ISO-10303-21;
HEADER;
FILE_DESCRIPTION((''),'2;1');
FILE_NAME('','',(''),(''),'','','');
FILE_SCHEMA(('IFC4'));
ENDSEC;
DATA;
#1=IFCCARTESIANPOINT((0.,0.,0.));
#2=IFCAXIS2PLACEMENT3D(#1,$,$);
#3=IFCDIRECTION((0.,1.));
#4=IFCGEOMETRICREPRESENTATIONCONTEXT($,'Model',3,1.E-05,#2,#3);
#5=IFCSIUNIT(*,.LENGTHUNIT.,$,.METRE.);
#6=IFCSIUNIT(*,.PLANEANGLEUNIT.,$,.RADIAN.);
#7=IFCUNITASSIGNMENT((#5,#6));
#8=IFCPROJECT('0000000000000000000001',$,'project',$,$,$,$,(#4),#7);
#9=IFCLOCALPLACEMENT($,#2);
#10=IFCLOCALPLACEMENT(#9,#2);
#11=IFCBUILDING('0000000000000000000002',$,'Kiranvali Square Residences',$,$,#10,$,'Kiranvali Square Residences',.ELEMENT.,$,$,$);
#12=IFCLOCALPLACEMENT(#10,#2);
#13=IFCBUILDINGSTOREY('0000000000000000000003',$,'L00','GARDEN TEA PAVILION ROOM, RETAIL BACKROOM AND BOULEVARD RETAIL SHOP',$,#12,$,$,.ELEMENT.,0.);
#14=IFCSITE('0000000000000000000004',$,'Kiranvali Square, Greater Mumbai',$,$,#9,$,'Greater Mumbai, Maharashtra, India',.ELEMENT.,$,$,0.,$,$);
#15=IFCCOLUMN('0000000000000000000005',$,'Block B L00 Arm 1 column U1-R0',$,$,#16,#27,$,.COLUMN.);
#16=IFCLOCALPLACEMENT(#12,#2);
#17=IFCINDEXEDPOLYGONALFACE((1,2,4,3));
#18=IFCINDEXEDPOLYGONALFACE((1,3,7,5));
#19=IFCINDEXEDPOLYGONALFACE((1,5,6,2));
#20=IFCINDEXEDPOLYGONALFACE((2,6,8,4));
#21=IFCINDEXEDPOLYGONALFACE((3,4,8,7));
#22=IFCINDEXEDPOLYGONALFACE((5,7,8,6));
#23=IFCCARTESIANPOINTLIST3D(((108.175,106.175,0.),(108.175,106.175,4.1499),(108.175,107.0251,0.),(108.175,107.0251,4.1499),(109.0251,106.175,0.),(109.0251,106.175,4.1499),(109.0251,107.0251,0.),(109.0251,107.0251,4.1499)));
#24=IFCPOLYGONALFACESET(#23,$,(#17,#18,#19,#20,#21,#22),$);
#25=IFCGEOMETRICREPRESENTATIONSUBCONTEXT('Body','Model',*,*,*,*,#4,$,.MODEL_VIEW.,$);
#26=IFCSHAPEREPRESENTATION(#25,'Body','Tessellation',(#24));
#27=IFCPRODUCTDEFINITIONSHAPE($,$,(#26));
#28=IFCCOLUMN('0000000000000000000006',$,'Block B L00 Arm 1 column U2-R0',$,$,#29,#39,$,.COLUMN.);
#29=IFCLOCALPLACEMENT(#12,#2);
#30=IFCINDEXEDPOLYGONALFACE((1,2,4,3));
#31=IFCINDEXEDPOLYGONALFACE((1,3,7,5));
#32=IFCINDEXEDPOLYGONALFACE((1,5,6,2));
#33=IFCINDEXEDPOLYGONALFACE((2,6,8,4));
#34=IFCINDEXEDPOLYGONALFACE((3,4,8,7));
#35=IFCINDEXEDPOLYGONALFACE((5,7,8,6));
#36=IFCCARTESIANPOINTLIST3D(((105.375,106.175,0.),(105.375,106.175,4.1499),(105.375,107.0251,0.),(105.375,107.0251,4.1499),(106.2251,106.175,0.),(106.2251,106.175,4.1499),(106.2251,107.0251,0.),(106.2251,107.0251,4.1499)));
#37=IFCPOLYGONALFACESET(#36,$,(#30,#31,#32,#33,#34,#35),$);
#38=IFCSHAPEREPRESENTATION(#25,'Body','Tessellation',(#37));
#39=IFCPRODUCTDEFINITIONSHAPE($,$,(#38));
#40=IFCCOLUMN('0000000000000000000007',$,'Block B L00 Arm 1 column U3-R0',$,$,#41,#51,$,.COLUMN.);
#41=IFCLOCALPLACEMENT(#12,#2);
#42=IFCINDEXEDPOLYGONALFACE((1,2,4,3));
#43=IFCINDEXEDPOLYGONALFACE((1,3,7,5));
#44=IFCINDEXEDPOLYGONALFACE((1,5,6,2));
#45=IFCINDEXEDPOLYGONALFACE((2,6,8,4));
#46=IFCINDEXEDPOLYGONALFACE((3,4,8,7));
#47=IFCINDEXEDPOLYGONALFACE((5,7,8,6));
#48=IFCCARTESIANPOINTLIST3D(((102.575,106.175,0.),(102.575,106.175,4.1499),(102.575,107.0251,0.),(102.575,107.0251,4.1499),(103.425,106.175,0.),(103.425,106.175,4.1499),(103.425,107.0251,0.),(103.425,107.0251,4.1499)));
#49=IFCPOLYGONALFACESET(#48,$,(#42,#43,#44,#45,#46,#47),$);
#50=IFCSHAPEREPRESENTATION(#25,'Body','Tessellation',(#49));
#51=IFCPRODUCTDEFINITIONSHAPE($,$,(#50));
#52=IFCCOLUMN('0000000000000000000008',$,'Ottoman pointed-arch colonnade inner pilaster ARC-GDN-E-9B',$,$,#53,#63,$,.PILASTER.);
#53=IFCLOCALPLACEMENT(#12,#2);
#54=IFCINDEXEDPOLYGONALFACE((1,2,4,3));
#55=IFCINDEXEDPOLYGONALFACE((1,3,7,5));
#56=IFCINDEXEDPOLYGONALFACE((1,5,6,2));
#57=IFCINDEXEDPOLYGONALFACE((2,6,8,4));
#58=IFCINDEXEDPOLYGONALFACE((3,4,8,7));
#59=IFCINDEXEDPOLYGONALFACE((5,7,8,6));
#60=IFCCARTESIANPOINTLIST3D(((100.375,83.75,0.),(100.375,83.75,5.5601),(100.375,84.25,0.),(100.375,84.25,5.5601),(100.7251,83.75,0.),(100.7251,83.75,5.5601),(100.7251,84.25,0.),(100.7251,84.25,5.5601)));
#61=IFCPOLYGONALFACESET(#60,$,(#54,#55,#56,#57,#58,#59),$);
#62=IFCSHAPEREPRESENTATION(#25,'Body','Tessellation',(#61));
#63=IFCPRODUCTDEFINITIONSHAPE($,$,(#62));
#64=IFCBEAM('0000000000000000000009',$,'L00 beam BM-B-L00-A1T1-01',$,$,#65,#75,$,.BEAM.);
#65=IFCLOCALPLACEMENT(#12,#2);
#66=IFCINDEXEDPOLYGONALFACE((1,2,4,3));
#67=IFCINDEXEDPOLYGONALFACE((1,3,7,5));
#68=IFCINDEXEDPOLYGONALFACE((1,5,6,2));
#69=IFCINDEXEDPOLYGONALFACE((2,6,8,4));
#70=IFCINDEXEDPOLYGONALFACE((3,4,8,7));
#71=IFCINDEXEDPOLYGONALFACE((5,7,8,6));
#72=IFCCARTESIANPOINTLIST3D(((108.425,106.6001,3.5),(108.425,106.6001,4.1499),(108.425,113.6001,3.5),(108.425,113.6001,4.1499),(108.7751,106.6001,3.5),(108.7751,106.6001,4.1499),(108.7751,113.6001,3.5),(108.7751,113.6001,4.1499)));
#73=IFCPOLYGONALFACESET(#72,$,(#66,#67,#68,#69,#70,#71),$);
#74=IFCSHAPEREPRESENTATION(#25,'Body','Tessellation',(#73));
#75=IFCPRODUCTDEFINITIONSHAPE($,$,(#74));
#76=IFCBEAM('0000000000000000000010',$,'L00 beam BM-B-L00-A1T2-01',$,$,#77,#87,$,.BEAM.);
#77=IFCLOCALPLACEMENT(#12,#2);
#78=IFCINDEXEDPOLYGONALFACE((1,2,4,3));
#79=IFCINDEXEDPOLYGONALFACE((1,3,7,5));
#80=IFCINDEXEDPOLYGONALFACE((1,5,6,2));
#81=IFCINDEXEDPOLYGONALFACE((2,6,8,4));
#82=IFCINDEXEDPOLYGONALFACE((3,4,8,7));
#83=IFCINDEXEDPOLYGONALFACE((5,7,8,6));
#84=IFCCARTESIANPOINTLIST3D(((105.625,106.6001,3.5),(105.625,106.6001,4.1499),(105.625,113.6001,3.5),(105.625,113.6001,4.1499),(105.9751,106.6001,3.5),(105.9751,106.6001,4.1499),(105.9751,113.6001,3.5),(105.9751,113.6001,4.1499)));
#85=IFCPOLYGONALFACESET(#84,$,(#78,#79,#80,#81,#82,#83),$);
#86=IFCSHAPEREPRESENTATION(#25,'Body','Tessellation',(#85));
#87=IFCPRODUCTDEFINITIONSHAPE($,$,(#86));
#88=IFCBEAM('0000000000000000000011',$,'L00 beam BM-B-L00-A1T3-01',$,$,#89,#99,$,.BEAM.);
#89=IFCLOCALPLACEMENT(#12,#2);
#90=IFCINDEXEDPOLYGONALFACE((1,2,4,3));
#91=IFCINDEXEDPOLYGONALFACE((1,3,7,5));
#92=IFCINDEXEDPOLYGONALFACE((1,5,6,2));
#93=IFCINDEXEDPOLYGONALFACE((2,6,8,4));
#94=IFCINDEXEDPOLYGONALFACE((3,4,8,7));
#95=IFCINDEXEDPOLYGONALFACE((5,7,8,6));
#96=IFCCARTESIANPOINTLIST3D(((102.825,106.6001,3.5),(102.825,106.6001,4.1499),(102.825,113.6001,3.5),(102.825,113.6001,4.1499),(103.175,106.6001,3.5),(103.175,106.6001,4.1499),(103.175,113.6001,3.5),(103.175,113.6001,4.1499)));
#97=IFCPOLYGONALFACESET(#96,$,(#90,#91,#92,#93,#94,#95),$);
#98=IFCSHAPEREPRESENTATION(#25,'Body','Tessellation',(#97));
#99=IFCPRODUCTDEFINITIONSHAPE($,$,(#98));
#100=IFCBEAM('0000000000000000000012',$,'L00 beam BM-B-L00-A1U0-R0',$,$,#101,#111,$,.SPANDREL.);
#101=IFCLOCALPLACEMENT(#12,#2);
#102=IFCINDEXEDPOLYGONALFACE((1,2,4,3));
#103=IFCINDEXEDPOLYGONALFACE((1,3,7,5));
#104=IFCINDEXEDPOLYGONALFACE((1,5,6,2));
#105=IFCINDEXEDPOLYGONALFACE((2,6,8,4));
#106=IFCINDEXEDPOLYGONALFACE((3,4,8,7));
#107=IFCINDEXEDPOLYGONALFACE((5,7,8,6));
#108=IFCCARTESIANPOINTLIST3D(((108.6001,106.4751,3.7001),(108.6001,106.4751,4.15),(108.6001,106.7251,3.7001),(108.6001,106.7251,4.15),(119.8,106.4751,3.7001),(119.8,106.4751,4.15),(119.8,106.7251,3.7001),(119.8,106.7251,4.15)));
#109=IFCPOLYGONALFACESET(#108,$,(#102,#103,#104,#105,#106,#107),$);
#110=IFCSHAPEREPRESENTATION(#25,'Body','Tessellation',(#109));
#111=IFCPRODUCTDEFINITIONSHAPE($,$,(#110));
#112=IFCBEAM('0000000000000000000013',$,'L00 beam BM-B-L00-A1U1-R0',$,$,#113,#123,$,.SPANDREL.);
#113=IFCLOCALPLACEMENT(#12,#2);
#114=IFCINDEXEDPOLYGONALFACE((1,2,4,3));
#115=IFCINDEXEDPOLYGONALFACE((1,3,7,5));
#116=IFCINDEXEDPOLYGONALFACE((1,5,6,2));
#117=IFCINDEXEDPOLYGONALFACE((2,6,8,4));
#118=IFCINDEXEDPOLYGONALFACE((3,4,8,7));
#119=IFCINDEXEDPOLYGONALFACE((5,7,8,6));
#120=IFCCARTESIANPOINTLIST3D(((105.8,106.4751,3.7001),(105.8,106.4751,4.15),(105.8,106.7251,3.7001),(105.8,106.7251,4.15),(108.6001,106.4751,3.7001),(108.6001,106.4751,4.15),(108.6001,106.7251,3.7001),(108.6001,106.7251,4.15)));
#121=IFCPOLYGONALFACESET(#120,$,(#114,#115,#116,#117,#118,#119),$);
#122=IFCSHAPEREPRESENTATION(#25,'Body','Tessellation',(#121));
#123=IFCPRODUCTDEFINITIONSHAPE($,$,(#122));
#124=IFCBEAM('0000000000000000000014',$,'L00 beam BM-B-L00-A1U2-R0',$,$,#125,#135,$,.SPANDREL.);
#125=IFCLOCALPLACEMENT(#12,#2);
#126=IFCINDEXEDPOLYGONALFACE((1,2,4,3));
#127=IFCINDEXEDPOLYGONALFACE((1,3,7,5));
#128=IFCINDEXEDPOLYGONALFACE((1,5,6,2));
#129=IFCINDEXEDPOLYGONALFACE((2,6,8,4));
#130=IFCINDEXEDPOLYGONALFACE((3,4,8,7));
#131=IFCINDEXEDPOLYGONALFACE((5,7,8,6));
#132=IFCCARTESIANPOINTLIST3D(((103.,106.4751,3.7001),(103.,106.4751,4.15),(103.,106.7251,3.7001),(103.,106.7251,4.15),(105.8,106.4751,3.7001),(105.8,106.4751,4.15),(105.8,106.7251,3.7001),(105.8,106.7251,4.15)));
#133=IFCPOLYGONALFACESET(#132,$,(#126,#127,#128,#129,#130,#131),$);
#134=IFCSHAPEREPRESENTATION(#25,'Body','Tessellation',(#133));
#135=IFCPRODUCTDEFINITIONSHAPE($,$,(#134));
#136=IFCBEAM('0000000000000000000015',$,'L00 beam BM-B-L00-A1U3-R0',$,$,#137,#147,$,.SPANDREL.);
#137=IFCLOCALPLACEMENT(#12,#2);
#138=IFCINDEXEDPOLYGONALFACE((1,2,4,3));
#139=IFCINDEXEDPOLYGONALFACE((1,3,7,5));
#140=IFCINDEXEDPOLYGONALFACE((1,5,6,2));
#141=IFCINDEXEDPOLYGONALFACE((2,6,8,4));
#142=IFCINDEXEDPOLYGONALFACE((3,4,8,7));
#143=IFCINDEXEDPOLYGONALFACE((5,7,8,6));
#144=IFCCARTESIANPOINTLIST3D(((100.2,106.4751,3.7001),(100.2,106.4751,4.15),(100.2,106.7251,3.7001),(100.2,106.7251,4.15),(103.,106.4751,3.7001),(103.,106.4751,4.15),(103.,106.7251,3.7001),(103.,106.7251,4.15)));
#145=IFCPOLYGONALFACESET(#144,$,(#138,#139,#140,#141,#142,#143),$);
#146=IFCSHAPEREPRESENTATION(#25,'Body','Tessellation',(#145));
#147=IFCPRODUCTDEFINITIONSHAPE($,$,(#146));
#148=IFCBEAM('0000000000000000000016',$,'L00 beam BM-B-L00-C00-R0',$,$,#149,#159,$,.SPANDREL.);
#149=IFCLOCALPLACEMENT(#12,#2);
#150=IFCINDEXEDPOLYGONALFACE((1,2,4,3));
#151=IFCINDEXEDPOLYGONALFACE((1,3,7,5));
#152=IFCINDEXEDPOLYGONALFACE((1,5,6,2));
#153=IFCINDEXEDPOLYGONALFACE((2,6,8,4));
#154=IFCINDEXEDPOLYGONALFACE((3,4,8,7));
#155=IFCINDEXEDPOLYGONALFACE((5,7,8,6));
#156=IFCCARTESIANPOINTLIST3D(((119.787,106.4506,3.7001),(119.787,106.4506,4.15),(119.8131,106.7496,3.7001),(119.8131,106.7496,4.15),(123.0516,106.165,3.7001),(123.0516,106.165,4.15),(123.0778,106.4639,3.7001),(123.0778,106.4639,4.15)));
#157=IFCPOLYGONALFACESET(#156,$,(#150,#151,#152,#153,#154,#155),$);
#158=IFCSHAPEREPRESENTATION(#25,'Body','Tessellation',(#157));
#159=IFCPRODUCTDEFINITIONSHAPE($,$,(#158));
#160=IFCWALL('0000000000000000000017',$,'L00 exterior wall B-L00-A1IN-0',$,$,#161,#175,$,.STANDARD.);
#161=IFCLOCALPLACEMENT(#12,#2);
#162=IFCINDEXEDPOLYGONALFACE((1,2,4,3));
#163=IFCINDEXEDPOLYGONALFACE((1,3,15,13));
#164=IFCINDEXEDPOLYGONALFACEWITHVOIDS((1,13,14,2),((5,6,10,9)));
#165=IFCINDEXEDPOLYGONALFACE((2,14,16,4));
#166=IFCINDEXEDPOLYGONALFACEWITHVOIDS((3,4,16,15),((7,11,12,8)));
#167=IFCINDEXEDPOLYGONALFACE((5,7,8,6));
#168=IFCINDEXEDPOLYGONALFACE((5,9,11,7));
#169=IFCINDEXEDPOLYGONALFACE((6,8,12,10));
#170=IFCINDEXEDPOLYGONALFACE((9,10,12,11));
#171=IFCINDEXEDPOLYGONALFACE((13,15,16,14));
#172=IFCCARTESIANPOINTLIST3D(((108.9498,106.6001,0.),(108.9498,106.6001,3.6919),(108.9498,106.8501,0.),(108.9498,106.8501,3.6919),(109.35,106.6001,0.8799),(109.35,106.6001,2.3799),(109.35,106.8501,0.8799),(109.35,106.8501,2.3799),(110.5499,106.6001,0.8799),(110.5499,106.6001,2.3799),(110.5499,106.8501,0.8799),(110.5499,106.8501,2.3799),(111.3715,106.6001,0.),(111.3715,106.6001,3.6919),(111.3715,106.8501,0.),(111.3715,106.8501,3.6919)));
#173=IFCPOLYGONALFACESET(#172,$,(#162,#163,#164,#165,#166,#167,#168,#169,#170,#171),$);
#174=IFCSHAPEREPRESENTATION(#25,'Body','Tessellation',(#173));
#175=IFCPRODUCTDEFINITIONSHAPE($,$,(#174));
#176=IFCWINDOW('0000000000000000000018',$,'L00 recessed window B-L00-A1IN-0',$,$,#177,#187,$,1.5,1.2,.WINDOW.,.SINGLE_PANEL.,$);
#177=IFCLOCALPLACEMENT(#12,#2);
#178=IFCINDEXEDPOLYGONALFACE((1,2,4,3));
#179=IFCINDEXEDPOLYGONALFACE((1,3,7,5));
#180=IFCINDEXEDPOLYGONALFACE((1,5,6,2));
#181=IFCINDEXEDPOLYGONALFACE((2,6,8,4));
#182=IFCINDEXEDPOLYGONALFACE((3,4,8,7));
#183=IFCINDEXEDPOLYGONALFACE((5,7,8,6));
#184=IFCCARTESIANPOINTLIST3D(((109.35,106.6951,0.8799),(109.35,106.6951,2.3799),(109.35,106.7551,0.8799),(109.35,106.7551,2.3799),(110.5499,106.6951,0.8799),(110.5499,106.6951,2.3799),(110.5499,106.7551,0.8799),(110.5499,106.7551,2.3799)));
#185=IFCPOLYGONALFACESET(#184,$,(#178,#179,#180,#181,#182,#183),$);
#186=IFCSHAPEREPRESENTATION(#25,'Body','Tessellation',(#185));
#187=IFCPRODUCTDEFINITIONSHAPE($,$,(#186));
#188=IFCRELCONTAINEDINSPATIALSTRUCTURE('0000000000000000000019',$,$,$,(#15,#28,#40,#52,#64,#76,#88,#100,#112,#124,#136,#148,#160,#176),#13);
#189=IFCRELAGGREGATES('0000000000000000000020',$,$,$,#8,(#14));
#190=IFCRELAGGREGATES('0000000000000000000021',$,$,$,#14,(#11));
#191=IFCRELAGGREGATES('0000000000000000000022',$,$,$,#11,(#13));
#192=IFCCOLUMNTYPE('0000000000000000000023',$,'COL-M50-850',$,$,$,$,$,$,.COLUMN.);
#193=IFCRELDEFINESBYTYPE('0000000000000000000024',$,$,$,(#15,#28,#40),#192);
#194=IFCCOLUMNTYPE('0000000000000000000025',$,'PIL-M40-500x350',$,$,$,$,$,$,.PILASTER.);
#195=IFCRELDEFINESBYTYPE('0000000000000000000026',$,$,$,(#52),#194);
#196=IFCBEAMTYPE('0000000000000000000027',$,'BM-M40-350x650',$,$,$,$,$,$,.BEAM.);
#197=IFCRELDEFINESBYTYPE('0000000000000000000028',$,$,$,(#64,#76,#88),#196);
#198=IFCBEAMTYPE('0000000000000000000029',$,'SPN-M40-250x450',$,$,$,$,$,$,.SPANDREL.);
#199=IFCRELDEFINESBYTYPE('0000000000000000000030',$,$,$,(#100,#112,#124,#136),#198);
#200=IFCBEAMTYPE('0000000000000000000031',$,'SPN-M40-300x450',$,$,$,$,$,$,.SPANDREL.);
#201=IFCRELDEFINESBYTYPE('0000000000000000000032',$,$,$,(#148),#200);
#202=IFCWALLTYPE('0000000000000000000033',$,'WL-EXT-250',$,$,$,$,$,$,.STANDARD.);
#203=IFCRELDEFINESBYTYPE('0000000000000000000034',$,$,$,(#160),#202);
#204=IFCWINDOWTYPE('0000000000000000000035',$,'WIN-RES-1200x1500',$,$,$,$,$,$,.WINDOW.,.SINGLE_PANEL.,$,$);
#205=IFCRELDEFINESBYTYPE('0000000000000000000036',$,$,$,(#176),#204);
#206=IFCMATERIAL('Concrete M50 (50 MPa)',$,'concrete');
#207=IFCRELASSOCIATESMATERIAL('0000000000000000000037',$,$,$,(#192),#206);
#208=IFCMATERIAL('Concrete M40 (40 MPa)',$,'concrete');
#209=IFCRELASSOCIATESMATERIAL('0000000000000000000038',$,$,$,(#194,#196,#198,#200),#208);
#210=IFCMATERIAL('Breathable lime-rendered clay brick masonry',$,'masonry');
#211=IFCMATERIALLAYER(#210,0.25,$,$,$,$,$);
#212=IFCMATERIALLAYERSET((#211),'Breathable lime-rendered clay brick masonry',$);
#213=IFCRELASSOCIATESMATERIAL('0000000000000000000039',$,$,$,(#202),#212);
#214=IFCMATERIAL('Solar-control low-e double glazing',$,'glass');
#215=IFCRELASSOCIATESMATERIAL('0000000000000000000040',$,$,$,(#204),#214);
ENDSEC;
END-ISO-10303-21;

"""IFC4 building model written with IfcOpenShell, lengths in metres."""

from ifc_helpers import new_model, si_unit, direction, frame, frame_2d, origin, origin_2d, place, context, subcontext, project, spatial, rectangle, extrude, material, layer, layer_set, material_profile, profile_set, type_object, element, fill, save


model = new_model("IFC4")

# Units and contexts
model_context = context("Model", 3, precision=1e-05, world=origin(), true_north=direction((0.0, 1.0)))
body_context = subcontext(model_context, "Body", "Model", "MODEL_VIEW")
ifc_project = project(units=[si_unit("LENGTHUNIT", "METRE"), si_unit("PLANEANGLEUNIT", "RADIAN")], contexts=[model_context])

# Site, building, storey
site_placement = place(None, origin())
site = spatial("IfcSite", under=ifc_project, at=site_placement, Name="Kiranvali Square, Greater Mumbai", LongName="Greater Mumbai, Maharashtra, India", CompositionType="ELEMENT", RefElevation=0.0)
building_placement = place(site_placement, origin())
building = spatial("IfcBuilding", under=site, at=building_placement, Name="Kiranvali Square Residences", LongName="Kiranvali Square Residences", CompositionType="ELEMENT")
storey_placement = place(building_placement, origin())
storey = spatial("IfcBuildingStorey", under=building, at=storey_placement, Name="L00", Description="GARDEN TEA PAVILION ROOM, RETAIL BACKROOM AND BOULEVARD RETAIL SHOP", CompositionType="ELEMENT", Elevation=0.0)

# Columns
ifc_material_1 = material(Name="Concrete M50 (50 MPa)", Category="concrete")
ifc_material_profile_1 = material_profile(ifc_material_1, rectangle(XDim=0.8501, YDim=0.8501, at=origin_2d()), Name="RC 850x850")
ifc_profile_set_1 = profile_set([ifc_material_profile_1], Name="Concrete M50 (50 MPa)")
column_type_1 = type_object("IfcColumnType", Name="COL-M50-850", PredefinedType="COLUMN", material=ifc_profile_set_1)
for number, where, z_axis, x_axis, name in (
    (1, (108.6001, 106.6001, 0.0), (0.0, 0.0, 1.0), (1.0, 0.0, 0.0), "Block B L00 Arm 1 column U1-R0"),
    (2, (105.8, 106.6001, 0.0), (0.0, 0.0, 1.0), (1.0, 0.0, 0.0), "Block B L00 Arm 1 column U2-R0"),
    (3, (103.0, 106.6001, 0.0), (0.0, 0.0, 1.0), (1.0, 0.0, 0.0), "Block B L00 Arm 1 column U3-R0"),
):
    element("IfcColumn", number, at=place(storey_placement, frame(where, z_axis=z_axis, x_axis=x_axis)), inside=storey, type_object=column_type_1, Name=name, PredefinedType="COLUMN", context=body_context, shape_type="SweptSolid", body=[
        extrude(rectangle(XDim=0.8501, YDim=0.8501, at=origin_2d()), origin(), (0.0, 0.0, 1.0), 4.1499),
    ])
ifc_material_2 = material(Name="Concrete M40 (40 MPa)", Category="concrete")
ifc_material_profile_2 = material_profile(ifc_material_2, rectangle(XDim=0.3501, YDim=0.5, at=origin_2d()), Name="RC 500x350")
ifc_profile_set_2 = profile_set([ifc_material_profile_2], Name="Concrete M40 (40 MPa)")
column_type_2 = type_object("IfcColumnType", Name="PIL-M40-500x350", PredefinedType="PILASTER", material=ifc_profile_set_2)
column_placement = place(storey_placement, frame((100.55, 84.0, 0.0), z_axis=(0.0, 0.0, 1.0), x_axis=(1.0, 0.0, 0.0)))
element("IfcColumn", 4, at=column_placement, inside=storey, type_object=column_type_2, Name="Ottoman pointed-arch colonnade inner pilaster ARC-GDN-E-9B", PredefinedType="PILASTER", context=body_context, shape_type="SweptSolid", body=[
    extrude(rectangle(XDim=0.3501, YDim=0.5, at=origin_2d()), origin(), (0.0, 0.0, 1.0), 5.5601),
])

# Beams
ifc_material_profile_3 = material_profile(ifc_material_2, rectangle(XDim=0.3501, YDim=0.6499, at=origin_2d()), Name="RC 350x650")
ifc_profile_set_3 = profile_set([ifc_material_profile_3], Name="Concrete M40 (40 MPa)")
beam_type_1 = type_object("IfcBeamType", Name="BM-M40-350x650", PredefinedType="BEAM", material=ifc_profile_set_3)
for number, where, z_axis, x_axis, name in (
    (5, (108.6001, 106.6001, 3.825), (0.0, 1.0, 0.0), (-1.0, 0.0, 0.0), "L00 beam BM-B-L00-A1T1-01"),
    (6, (105.8, 106.6001, 3.825), (0.0, 1.0, 0.0), (-1.0, 0.0, 0.0), "L00 beam BM-B-L00-A1T2-01"),
    (7, (103.0, 106.6001, 3.825), (0.0, 1.0, 0.0), (-1.0, 0.0, 0.0), "L00 beam BM-B-L00-A1T3-01"),
):
    element("IfcBeam", number, at=place(storey_placement, frame(where, z_axis=z_axis, x_axis=x_axis)), inside=storey, type_object=beam_type_1, Name=name, PredefinedType="BEAM", context=body_context, shape_type="SweptSolid", body=[
        extrude(rectangle(XDim=0.3501, YDim=0.6499, at=origin_2d()), origin(), (0.0, 0.0, 1.0), 7.0),
    ])
ifc_material_profile_4 = material_profile(ifc_material_2, rectangle(XDim=0.25, YDim=0.45, at=origin_2d()), Name="RC 250x450")
ifc_profile_set_4 = profile_set([ifc_material_profile_4], Name="Concrete M40 (40 MPa)")
beam_type_2 = type_object("IfcBeamType", Name="SPN-M40-250x450", PredefinedType="SPANDREL", material=ifc_profile_set_4)
beam_1_placement = place(storey_placement, frame((119.8, 106.6001, 3.925), z_axis=(-1.0, 0.0, 0.0), x_axis=(0.0, -1.0, 0.0)))
element("IfcBeam", 8, at=beam_1_placement, inside=storey, type_object=beam_type_2, Name="L00 beam BM-B-L00-A1U0-R0", PredefinedType="SPANDREL", context=body_context, shape_type="SweptSolid", body=[
    extrude(rectangle(XDim=0.25, YDim=0.45, at=origin_2d()), origin(), (0.0, 0.0, 1.0), 11.2),
])
for number, where, z_axis, x_axis, name in (
    (9, (108.6001, 106.6001, 3.925), (-1.0, 0.0, 0.0), (0.0, -1.0, 0.0), "L00 beam BM-B-L00-A1U1-R0"),
    (10, (105.8, 106.6001, 3.925), (-1.0, 0.0, 0.0), (0.0, -1.0, 0.0), "L00 beam BM-B-L00-A1U2-R0"),
    (11, (103.0, 106.6001, 3.925), (-1.0, 0.0, 0.0), (0.0, -1.0, 0.0), "L00 beam BM-B-L00-A1U3-R0"),
):
    element("IfcBeam", number, at=place(storey_placement, frame(where, z_axis=z_axis, x_axis=x_axis)), inside=storey, type_object=beam_type_2, Name=name, PredefinedType="SPANDREL", context=body_context, shape_type="SweptSolid", body=[
        extrude(rectangle(XDim=0.25, YDim=0.45, at=origin_2d()), origin(), (0.0, 0.0, 1.0), 2.8),
    ])
ifc_material_profile_5 = material_profile(ifc_material_2, rectangle(XDim=0.3, YDim=0.45, at=origin_2d()), Name="RC 300x450")
ifc_profile_set_5 = profile_set([ifc_material_profile_5], Name="Concrete M40 (40 MPa)")
beam_type_3 = type_object("IfcBeamType", Name="SPN-M40-300x450", PredefinedType="SPANDREL", material=ifc_profile_set_5)
beam_2_placement = place(storey_placement, frame((119.8, 106.6001, 3.925), z_axis=(0.996194, -0.087163, 0.0), x_axis=(0.087163, 0.996194, 0.0)))
element("IfcBeam", 12, at=beam_2_placement, inside=storey, type_object=beam_type_3, Name="L00 beam BM-B-L00-C00-R0", PredefinedType="SPANDREL", context=body_context, shape_type="SweptSolid", body=[
    extrude(rectangle(XDim=0.3, YDim=0.45, at=origin_2d()), origin(), (0.0, 0.0, 1.0), 3.2771),
])

# Wall, opening, window
ifc_material_3 = material(Name="Breathable lime-rendered clay brick masonry", Category="masonry")
ifc_layer_1 = layer(ifc_material_3, 0.25)
ifc_layer_set_1 = layer_set([ifc_layer_1], Name="Breathable lime-rendered clay brick masonry")
wall_type_1 = type_object("IfcWallType", Name="WL-EXT-250", PredefinedType="STANDARD", material=ifc_layer_set_1)
wall_1_placement = place(storey_placement, frame((111.3716, 106.7251, 0.0), z_axis=(0.0, 0.0, 1.0), x_axis=(-1.0, 0.0, 0.0)))
wall_1 = element("IfcWall", 13, at=wall_1_placement, inside=storey, type_object=wall_type_1, Name="L00 exterior wall B-L00-A1IN-0", PredefinedType="STANDARD", context=body_context, shape_type="SweptSolid", body=[
    extrude(rectangle(XDim=2.4216, YDim=0.25, at=frame_2d((1.2109, 0.0))), origin(), (0.0, 0.0, 1.0), 3.6919),
])
opening_1_placement = place(wall_1_placement, frame((0.8215, 0.0, 0.8799)))
opening_1 = element("IfcOpeningElement", 14, at=opening_1_placement, cuts=wall_1, PredefinedType="OPENING", context=body_context, shape_type="SweptSolid", body=[
    extrude(rectangle(XDim=1.2, YDim=1.5, at=frame_2d((0.6001, 0.75))), frame((0.0, 0.135, 0.0), z_axis=(0.0, -1.0, 0.0), x_axis=(1.0, 0.0, 0.0)), (0.0, 0.0, 1.0), 0.27),
])
ifc_material_4 = material(Name="Solar-control low-e double glazing", Category="glass")
window_type = type_object("IfcWindowType", Name="WIN-RES-1200x1500", PartitioningType="SINGLE_PANEL", PredefinedType="WINDOW", material=ifc_material_4)
window_1_placement = place(opening_1_placement, origin())
window_1 = element("IfcWindow", 15, at=window_1_placement, inside=storey, type_object=window_type, Name="L00 recessed window B-L00-A1IN-0", OverallHeight=1.5, OverallWidth=1.2, PartitioningType="SINGLE_PANEL", PredefinedType="WINDOW", context=body_context, shape_type="SweptSolid", body=[
    extrude(rectangle(XDim=1.2, YDim=1.5, at=frame_2d((0.6001, 0.75))), frame((0.0, 0.03, 0.0), z_axis=(0.0, -1.0, 0.0), x_axis=(1.0, 0.0, 0.0)), (0.0, 0.0, 1.0), 0.0601),
])
fill(opening_1, window_1)

save(model, "model.ifc")
